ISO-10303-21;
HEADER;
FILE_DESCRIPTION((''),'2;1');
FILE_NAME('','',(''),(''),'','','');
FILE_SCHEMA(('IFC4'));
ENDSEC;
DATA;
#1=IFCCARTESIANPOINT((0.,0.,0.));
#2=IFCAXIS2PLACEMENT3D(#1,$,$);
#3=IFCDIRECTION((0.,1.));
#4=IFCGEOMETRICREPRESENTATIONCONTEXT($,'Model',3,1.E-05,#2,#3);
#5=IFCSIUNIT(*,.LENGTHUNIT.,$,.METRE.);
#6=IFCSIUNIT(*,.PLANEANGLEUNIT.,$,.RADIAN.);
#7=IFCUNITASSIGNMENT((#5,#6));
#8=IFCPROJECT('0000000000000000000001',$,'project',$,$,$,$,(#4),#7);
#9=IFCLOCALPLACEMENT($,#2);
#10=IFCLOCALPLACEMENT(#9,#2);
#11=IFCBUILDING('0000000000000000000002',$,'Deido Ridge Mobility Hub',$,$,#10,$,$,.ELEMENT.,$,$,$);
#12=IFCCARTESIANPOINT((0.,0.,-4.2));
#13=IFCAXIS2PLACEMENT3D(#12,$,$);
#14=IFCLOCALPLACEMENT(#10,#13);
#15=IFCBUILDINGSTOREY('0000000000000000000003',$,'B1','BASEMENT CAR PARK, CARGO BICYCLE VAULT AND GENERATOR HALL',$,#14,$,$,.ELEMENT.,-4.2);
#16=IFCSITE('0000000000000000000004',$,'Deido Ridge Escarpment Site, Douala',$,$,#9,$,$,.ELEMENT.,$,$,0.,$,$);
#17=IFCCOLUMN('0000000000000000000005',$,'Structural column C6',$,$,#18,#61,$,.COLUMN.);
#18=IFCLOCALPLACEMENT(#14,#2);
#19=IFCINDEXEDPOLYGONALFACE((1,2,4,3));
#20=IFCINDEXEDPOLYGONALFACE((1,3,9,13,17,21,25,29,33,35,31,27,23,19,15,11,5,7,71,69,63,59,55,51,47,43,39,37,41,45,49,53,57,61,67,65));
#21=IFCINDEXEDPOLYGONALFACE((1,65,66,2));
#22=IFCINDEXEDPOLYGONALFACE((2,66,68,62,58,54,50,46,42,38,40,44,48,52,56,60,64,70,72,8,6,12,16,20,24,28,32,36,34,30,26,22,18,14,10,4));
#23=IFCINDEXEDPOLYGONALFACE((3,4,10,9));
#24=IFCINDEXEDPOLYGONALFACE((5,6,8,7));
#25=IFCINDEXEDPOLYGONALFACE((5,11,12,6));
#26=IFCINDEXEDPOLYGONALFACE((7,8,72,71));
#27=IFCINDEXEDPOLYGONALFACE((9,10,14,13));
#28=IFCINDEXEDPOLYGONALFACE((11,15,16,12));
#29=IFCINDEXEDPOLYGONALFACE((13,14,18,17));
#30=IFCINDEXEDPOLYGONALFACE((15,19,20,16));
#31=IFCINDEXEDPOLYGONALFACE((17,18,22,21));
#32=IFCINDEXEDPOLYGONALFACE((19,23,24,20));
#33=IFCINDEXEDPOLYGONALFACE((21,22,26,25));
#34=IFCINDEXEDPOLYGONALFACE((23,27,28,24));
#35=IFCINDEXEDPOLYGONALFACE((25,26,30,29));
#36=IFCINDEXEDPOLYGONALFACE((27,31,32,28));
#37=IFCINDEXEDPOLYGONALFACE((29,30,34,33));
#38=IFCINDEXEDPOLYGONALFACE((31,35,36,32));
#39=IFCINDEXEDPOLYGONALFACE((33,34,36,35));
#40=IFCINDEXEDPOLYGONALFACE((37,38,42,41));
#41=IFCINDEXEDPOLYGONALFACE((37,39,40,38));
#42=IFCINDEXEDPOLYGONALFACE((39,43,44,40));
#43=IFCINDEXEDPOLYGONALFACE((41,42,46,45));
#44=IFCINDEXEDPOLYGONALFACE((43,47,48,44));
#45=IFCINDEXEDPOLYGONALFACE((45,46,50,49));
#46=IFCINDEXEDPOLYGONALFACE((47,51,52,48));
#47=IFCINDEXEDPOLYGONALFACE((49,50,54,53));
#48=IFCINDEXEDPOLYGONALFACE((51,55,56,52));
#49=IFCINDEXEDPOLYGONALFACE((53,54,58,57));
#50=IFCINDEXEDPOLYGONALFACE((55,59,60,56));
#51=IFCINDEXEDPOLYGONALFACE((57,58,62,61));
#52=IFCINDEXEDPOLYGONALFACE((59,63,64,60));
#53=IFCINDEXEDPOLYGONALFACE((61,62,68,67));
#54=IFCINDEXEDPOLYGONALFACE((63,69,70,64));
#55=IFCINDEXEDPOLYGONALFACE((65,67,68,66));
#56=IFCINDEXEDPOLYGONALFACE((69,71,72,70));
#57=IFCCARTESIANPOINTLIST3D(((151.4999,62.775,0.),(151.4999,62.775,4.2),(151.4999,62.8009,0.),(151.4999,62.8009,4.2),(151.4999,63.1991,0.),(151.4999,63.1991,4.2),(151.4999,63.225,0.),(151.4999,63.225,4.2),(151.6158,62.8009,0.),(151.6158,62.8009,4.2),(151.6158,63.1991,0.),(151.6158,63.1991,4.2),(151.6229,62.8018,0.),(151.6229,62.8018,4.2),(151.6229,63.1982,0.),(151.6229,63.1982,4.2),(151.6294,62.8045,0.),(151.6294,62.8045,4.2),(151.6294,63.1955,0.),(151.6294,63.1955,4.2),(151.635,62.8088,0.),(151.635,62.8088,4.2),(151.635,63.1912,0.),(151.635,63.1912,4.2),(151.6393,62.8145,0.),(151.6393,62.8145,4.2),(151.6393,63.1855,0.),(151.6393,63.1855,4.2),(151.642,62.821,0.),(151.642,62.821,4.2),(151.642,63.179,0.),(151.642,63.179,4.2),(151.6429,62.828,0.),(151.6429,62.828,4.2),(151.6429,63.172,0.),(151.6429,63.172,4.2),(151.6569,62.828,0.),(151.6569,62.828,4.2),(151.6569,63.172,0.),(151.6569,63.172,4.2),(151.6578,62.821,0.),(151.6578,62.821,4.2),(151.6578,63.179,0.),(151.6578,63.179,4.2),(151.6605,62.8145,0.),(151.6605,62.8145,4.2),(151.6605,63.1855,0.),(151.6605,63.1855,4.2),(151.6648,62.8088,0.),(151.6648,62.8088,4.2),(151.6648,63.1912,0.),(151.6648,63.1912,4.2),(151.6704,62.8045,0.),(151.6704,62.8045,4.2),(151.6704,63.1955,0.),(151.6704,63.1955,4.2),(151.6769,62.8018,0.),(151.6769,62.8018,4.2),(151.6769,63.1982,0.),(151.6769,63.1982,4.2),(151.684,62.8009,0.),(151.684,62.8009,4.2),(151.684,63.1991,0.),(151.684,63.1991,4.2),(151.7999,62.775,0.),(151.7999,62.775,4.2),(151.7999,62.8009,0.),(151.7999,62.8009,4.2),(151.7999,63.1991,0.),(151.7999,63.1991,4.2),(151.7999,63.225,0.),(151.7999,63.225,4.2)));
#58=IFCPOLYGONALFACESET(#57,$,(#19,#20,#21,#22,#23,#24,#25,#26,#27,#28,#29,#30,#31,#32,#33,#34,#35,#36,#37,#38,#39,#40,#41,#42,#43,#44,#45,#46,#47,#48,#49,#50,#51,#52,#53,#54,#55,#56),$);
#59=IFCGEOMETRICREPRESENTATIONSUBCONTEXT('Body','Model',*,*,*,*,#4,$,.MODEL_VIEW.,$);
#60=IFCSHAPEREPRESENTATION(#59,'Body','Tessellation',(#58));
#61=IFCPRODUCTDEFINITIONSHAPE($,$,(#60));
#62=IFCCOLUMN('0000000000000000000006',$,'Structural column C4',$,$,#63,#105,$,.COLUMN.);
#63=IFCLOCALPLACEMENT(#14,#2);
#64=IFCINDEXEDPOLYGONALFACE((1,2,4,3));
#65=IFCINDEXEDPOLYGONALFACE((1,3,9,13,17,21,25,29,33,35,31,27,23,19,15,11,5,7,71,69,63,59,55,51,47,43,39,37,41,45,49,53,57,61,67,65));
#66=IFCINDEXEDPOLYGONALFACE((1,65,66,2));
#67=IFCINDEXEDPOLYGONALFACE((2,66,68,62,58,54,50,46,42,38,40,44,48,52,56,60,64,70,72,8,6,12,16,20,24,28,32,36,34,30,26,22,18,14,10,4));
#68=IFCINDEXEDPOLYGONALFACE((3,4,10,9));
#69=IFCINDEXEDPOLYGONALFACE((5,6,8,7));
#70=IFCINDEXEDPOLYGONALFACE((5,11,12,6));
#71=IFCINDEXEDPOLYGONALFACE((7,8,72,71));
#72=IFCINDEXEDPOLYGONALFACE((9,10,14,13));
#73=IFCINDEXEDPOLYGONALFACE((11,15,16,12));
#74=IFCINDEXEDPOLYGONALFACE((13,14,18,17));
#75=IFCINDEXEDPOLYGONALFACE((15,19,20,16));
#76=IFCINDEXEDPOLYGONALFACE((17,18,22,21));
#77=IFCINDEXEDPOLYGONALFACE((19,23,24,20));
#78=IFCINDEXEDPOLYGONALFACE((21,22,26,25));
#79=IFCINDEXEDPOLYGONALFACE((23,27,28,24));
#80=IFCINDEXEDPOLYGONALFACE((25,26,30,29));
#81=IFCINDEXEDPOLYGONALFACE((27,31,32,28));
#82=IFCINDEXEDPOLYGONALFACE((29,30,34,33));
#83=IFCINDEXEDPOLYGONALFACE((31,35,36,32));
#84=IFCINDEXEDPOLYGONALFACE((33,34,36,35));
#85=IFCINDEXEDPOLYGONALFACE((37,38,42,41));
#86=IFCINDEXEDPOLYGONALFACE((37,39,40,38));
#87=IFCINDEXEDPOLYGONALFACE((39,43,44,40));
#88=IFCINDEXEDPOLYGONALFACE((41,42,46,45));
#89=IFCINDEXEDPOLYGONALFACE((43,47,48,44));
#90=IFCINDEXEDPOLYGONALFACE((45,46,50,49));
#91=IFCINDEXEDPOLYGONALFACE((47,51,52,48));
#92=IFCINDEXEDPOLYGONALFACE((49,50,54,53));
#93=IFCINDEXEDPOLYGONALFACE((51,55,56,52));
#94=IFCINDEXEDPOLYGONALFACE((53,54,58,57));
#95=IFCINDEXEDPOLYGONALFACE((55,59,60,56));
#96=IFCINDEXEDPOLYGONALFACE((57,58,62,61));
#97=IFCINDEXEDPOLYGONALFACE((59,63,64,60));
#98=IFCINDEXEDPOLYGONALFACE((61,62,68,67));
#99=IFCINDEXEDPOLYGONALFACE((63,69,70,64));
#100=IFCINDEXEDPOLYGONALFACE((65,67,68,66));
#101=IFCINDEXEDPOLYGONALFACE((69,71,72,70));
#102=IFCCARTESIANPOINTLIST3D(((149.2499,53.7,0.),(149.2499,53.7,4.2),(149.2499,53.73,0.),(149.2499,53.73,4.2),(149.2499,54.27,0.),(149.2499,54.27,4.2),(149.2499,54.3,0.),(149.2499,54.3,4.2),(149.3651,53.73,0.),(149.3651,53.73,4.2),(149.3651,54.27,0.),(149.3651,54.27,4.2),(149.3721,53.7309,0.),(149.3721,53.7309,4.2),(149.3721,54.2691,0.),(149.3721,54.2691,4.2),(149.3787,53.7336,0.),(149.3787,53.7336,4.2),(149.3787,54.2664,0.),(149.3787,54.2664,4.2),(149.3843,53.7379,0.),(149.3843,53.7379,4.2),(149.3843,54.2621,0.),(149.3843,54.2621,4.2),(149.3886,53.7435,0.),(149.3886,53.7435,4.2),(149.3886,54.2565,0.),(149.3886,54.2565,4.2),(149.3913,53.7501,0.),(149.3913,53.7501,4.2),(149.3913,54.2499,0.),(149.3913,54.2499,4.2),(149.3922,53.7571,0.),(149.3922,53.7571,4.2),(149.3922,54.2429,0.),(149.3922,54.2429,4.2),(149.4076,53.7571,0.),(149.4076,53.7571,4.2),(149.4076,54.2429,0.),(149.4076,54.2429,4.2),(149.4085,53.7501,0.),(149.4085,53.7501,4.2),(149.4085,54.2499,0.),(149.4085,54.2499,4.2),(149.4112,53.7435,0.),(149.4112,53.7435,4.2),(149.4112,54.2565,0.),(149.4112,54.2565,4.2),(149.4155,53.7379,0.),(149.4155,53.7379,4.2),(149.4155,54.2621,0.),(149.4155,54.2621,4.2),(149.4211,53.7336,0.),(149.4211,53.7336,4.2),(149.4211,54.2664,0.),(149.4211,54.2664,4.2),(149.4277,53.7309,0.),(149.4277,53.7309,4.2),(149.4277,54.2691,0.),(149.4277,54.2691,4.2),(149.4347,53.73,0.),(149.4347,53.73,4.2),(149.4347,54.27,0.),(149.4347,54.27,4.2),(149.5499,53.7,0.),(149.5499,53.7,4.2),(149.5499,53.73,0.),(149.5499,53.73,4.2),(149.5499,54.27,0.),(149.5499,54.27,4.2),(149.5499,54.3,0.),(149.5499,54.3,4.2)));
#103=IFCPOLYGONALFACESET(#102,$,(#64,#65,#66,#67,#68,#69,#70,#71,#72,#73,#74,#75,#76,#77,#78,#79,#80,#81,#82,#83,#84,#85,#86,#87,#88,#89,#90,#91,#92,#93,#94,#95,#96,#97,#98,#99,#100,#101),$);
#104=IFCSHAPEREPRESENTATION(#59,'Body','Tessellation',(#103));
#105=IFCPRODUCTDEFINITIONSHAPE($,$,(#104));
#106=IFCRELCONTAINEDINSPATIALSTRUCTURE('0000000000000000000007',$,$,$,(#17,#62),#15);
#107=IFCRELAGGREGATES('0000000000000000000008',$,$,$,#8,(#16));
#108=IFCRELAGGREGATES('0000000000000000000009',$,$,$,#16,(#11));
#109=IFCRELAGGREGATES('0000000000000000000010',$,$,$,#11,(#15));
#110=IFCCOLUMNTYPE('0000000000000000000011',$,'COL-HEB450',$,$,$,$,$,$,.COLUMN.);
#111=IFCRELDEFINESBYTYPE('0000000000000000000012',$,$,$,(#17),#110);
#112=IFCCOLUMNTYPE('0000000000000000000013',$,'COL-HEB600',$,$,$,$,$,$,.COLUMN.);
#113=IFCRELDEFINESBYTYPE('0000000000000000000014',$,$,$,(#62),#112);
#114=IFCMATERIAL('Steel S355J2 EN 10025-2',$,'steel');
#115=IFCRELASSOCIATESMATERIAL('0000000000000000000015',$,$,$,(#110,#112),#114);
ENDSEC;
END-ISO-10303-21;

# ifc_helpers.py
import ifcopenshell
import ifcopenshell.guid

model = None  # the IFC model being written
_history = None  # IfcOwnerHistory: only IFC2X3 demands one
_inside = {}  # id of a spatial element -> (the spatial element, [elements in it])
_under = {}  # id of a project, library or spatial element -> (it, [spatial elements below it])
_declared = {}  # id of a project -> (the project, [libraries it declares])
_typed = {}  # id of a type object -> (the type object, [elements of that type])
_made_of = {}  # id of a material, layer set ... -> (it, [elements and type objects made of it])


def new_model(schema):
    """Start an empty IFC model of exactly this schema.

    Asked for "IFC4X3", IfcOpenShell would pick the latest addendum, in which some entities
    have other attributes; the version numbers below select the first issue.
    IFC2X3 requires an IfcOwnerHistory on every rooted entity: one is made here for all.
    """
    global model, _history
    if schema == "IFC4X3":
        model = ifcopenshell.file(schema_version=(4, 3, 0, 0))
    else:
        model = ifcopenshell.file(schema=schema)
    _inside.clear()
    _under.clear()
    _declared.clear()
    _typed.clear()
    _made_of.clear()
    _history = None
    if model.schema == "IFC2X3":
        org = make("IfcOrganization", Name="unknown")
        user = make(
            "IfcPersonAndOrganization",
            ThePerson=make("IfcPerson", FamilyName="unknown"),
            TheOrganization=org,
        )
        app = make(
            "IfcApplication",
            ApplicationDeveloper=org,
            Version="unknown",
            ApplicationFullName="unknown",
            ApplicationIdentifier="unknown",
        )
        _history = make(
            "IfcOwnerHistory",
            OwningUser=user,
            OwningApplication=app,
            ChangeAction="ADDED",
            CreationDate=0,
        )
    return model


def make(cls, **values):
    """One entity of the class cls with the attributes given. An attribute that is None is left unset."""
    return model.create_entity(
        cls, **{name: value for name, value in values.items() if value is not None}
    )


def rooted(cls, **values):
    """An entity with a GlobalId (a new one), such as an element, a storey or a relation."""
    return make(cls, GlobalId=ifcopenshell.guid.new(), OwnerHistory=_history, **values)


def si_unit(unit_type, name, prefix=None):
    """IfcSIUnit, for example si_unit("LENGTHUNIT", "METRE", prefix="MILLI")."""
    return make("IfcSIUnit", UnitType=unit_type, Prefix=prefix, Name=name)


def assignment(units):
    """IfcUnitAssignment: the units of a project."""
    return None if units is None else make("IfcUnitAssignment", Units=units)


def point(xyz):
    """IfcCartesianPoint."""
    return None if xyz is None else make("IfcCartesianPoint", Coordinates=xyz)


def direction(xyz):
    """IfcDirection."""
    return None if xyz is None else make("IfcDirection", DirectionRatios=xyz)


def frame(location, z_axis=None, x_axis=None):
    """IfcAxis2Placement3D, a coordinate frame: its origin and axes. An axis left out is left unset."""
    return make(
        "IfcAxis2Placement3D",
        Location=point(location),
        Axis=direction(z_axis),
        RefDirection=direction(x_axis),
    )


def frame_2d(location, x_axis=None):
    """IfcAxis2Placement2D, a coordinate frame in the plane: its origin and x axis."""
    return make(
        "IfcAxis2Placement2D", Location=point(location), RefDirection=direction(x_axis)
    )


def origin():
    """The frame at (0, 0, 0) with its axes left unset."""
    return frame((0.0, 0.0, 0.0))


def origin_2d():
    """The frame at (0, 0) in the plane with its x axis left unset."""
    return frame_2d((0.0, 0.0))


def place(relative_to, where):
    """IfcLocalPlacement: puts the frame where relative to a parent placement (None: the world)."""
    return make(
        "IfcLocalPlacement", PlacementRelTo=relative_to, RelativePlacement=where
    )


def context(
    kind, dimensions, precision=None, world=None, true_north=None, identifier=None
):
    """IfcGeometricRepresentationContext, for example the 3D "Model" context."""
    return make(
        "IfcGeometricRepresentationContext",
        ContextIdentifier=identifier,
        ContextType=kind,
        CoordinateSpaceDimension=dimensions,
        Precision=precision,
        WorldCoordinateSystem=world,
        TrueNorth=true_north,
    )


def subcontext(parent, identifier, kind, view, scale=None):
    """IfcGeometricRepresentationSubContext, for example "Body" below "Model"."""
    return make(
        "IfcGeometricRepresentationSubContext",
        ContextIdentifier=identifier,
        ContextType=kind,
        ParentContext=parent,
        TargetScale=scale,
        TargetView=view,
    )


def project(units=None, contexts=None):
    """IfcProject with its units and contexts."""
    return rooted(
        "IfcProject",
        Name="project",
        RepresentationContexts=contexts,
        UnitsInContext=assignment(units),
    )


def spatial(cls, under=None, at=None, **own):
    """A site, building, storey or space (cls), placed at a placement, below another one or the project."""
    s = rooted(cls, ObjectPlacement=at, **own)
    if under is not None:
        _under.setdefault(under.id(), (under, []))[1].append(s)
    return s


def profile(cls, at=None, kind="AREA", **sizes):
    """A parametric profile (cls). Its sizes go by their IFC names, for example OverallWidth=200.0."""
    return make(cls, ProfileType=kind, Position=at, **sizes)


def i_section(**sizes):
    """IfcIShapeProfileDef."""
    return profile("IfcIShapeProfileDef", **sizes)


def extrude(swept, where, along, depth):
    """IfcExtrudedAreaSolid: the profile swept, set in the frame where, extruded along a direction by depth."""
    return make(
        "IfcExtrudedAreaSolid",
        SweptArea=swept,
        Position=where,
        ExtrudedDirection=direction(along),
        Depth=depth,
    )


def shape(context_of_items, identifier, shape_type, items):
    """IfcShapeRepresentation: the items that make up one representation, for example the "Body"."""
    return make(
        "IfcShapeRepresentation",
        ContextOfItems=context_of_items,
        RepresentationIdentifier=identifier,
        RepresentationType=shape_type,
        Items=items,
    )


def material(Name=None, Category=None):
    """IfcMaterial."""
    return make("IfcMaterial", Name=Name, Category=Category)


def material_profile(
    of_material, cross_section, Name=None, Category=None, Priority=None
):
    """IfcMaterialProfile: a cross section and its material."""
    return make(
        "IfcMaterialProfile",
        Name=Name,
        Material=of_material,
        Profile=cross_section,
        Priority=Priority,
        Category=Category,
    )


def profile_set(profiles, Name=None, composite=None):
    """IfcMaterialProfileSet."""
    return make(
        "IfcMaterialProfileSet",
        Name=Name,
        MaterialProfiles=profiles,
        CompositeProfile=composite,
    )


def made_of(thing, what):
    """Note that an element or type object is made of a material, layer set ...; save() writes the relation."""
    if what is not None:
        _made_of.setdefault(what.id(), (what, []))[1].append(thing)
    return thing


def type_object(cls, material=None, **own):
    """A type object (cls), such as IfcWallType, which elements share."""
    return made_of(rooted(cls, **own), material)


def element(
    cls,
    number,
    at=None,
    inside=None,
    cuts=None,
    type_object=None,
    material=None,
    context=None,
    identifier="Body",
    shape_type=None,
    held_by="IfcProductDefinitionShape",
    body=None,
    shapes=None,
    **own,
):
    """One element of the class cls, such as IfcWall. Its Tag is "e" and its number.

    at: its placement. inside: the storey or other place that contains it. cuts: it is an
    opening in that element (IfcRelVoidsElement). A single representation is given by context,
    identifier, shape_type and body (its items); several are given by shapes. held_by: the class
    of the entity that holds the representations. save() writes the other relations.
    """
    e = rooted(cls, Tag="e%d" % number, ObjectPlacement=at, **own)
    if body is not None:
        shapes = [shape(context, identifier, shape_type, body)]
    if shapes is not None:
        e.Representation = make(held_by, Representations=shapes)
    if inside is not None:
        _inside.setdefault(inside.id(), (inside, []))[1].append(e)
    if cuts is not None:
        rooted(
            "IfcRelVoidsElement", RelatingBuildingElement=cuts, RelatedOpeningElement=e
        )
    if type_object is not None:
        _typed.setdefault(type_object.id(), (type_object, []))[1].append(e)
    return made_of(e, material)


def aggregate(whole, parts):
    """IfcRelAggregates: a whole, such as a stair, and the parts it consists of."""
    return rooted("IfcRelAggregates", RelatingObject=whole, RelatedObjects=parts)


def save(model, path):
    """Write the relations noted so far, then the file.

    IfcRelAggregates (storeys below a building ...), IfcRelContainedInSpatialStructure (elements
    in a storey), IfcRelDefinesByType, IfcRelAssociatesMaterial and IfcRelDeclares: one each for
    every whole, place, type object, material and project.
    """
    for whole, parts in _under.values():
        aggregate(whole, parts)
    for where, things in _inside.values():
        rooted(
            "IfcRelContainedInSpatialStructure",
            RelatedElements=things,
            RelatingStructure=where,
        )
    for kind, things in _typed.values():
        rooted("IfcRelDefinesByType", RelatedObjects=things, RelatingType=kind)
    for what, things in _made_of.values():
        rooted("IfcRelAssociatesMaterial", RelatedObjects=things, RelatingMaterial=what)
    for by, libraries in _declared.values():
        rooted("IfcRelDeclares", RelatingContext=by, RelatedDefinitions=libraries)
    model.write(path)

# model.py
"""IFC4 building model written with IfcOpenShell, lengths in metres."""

from ifc_helpers import new_model, si_unit, direction, frame, origin, origin_2d, place, context, subcontext, project, spatial, i_section, extrude, material, material_profile, profile_set, type_object, element, save


model = new_model("IFC4")

# Units and contexts
model_context = context("Model", 3, precision=1e-05, world=origin(), true_north=direction((0.0, 1.0)))
body_context = subcontext(model_context, "Body", "Model", "MODEL_VIEW")
ifc_project = project(units=[si_unit("LENGTHUNIT", "METRE"), si_unit("PLANEANGLEUNIT", "RADIAN")], contexts=[model_context])

# Site, building, storey
site_placement = place(None, origin())
site = spatial("IfcSite", under=ifc_project, at=site_placement, Name="Deido Ridge Escarpment Site, Douala", CompositionType="ELEMENT", RefElevation=0.0)
building_placement = place(site_placement, origin())
building = spatial("IfcBuilding", under=site, at=building_placement, Name="Deido Ridge Mobility Hub", CompositionType="ELEMENT")
storey_placement = place(building_placement, frame((0.0, 0.0, -4.2)))
storey = spatial("IfcBuildingStorey", under=building, at=storey_placement, Name="B1", Description="BASEMENT CAR PARK, CARGO BICYCLE VAULT AND GENERATOR HALL", CompositionType="ELEMENT", Elevation=-4.2)

# Columns
ifc_material_1 = material(Name="Steel S355J2 EN 10025-2", Category="steel")
ifc_material_profile_1 = material_profile(ifc_material_1, i_section(OverallWidth=0.3, OverallDepth=0.45, WebThickness=0.0139, FlangeThickness=0.0259, FilletRadius=0.0271, at=origin_2d()), Name="HEB 450")
ifc_profile_set_1 = profile_set([ifc_material_profile_1], Name="Steel S355J2 EN 10025-2")
column_type_1 = type_object("IfcColumnType", Name="COL-HEB450", PredefinedType="COLUMN", material=ifc_profile_set_1)
for number, where, z_axis, x_axis, name in (
    (1, (151.6499, 63.0, 0.0), (0.0, 0.0, 1.0), (1.0, 0.0, 0.0), "Structural column C6"),
):
    element("IfcColumn", number, at=place(storey_placement, frame(where, z_axis=z_axis, x_axis=x_axis)), inside=storey, type_object=column_type_1, Name=name, PredefinedType="COLUMN", context=body_context, shape_type="SweptSolid", body=[
        extrude(i_section(OverallWidth=0.3, OverallDepth=0.45, WebThickness=0.0139, FlangeThickness=0.0259, FilletRadius=0.0271, at=origin_2d()), origin(), (0.0, 0.0, 1.0), 4.2),
    ])
ifc_material_profile_2 = material_profile(ifc_material_1, i_section(OverallWidth=0.3, OverallDepth=0.6001, WebThickness=0.0154, FlangeThickness=0.03, FilletRadius=0.0271, at=origin_2d()), Name="HEB 600")
ifc_profile_set_2 = profile_set([ifc_material_profile_2], Name="Steel S355J2 EN 10025-2")
column_type_2 = type_object("IfcColumnType", Name="COL-HEB600", PredefinedType="COLUMN", material=ifc_profile_set_2)
column_placement = place(storey_placement, frame((149.3999, 54.0, 0.0), z_axis=(0.0, 0.0, 1.0), x_axis=(1.0, 0.0, 0.0)))
element("IfcColumn", 2, at=column_placement, inside=storey, type_object=column_type_2, Name="Structural column C4", PredefinedType="COLUMN", context=body_context, shape_type="SweptSolid", body=[
    extrude(i_section(OverallWidth=0.3, OverallDepth=0.6001, WebThickness=0.0154, FlangeThickness=0.03, FilletRadius=0.0271, at=origin_2d()), origin(), (0.0, 0.0, 1.0), 4.2),
])

save(model, "model.ifc")
